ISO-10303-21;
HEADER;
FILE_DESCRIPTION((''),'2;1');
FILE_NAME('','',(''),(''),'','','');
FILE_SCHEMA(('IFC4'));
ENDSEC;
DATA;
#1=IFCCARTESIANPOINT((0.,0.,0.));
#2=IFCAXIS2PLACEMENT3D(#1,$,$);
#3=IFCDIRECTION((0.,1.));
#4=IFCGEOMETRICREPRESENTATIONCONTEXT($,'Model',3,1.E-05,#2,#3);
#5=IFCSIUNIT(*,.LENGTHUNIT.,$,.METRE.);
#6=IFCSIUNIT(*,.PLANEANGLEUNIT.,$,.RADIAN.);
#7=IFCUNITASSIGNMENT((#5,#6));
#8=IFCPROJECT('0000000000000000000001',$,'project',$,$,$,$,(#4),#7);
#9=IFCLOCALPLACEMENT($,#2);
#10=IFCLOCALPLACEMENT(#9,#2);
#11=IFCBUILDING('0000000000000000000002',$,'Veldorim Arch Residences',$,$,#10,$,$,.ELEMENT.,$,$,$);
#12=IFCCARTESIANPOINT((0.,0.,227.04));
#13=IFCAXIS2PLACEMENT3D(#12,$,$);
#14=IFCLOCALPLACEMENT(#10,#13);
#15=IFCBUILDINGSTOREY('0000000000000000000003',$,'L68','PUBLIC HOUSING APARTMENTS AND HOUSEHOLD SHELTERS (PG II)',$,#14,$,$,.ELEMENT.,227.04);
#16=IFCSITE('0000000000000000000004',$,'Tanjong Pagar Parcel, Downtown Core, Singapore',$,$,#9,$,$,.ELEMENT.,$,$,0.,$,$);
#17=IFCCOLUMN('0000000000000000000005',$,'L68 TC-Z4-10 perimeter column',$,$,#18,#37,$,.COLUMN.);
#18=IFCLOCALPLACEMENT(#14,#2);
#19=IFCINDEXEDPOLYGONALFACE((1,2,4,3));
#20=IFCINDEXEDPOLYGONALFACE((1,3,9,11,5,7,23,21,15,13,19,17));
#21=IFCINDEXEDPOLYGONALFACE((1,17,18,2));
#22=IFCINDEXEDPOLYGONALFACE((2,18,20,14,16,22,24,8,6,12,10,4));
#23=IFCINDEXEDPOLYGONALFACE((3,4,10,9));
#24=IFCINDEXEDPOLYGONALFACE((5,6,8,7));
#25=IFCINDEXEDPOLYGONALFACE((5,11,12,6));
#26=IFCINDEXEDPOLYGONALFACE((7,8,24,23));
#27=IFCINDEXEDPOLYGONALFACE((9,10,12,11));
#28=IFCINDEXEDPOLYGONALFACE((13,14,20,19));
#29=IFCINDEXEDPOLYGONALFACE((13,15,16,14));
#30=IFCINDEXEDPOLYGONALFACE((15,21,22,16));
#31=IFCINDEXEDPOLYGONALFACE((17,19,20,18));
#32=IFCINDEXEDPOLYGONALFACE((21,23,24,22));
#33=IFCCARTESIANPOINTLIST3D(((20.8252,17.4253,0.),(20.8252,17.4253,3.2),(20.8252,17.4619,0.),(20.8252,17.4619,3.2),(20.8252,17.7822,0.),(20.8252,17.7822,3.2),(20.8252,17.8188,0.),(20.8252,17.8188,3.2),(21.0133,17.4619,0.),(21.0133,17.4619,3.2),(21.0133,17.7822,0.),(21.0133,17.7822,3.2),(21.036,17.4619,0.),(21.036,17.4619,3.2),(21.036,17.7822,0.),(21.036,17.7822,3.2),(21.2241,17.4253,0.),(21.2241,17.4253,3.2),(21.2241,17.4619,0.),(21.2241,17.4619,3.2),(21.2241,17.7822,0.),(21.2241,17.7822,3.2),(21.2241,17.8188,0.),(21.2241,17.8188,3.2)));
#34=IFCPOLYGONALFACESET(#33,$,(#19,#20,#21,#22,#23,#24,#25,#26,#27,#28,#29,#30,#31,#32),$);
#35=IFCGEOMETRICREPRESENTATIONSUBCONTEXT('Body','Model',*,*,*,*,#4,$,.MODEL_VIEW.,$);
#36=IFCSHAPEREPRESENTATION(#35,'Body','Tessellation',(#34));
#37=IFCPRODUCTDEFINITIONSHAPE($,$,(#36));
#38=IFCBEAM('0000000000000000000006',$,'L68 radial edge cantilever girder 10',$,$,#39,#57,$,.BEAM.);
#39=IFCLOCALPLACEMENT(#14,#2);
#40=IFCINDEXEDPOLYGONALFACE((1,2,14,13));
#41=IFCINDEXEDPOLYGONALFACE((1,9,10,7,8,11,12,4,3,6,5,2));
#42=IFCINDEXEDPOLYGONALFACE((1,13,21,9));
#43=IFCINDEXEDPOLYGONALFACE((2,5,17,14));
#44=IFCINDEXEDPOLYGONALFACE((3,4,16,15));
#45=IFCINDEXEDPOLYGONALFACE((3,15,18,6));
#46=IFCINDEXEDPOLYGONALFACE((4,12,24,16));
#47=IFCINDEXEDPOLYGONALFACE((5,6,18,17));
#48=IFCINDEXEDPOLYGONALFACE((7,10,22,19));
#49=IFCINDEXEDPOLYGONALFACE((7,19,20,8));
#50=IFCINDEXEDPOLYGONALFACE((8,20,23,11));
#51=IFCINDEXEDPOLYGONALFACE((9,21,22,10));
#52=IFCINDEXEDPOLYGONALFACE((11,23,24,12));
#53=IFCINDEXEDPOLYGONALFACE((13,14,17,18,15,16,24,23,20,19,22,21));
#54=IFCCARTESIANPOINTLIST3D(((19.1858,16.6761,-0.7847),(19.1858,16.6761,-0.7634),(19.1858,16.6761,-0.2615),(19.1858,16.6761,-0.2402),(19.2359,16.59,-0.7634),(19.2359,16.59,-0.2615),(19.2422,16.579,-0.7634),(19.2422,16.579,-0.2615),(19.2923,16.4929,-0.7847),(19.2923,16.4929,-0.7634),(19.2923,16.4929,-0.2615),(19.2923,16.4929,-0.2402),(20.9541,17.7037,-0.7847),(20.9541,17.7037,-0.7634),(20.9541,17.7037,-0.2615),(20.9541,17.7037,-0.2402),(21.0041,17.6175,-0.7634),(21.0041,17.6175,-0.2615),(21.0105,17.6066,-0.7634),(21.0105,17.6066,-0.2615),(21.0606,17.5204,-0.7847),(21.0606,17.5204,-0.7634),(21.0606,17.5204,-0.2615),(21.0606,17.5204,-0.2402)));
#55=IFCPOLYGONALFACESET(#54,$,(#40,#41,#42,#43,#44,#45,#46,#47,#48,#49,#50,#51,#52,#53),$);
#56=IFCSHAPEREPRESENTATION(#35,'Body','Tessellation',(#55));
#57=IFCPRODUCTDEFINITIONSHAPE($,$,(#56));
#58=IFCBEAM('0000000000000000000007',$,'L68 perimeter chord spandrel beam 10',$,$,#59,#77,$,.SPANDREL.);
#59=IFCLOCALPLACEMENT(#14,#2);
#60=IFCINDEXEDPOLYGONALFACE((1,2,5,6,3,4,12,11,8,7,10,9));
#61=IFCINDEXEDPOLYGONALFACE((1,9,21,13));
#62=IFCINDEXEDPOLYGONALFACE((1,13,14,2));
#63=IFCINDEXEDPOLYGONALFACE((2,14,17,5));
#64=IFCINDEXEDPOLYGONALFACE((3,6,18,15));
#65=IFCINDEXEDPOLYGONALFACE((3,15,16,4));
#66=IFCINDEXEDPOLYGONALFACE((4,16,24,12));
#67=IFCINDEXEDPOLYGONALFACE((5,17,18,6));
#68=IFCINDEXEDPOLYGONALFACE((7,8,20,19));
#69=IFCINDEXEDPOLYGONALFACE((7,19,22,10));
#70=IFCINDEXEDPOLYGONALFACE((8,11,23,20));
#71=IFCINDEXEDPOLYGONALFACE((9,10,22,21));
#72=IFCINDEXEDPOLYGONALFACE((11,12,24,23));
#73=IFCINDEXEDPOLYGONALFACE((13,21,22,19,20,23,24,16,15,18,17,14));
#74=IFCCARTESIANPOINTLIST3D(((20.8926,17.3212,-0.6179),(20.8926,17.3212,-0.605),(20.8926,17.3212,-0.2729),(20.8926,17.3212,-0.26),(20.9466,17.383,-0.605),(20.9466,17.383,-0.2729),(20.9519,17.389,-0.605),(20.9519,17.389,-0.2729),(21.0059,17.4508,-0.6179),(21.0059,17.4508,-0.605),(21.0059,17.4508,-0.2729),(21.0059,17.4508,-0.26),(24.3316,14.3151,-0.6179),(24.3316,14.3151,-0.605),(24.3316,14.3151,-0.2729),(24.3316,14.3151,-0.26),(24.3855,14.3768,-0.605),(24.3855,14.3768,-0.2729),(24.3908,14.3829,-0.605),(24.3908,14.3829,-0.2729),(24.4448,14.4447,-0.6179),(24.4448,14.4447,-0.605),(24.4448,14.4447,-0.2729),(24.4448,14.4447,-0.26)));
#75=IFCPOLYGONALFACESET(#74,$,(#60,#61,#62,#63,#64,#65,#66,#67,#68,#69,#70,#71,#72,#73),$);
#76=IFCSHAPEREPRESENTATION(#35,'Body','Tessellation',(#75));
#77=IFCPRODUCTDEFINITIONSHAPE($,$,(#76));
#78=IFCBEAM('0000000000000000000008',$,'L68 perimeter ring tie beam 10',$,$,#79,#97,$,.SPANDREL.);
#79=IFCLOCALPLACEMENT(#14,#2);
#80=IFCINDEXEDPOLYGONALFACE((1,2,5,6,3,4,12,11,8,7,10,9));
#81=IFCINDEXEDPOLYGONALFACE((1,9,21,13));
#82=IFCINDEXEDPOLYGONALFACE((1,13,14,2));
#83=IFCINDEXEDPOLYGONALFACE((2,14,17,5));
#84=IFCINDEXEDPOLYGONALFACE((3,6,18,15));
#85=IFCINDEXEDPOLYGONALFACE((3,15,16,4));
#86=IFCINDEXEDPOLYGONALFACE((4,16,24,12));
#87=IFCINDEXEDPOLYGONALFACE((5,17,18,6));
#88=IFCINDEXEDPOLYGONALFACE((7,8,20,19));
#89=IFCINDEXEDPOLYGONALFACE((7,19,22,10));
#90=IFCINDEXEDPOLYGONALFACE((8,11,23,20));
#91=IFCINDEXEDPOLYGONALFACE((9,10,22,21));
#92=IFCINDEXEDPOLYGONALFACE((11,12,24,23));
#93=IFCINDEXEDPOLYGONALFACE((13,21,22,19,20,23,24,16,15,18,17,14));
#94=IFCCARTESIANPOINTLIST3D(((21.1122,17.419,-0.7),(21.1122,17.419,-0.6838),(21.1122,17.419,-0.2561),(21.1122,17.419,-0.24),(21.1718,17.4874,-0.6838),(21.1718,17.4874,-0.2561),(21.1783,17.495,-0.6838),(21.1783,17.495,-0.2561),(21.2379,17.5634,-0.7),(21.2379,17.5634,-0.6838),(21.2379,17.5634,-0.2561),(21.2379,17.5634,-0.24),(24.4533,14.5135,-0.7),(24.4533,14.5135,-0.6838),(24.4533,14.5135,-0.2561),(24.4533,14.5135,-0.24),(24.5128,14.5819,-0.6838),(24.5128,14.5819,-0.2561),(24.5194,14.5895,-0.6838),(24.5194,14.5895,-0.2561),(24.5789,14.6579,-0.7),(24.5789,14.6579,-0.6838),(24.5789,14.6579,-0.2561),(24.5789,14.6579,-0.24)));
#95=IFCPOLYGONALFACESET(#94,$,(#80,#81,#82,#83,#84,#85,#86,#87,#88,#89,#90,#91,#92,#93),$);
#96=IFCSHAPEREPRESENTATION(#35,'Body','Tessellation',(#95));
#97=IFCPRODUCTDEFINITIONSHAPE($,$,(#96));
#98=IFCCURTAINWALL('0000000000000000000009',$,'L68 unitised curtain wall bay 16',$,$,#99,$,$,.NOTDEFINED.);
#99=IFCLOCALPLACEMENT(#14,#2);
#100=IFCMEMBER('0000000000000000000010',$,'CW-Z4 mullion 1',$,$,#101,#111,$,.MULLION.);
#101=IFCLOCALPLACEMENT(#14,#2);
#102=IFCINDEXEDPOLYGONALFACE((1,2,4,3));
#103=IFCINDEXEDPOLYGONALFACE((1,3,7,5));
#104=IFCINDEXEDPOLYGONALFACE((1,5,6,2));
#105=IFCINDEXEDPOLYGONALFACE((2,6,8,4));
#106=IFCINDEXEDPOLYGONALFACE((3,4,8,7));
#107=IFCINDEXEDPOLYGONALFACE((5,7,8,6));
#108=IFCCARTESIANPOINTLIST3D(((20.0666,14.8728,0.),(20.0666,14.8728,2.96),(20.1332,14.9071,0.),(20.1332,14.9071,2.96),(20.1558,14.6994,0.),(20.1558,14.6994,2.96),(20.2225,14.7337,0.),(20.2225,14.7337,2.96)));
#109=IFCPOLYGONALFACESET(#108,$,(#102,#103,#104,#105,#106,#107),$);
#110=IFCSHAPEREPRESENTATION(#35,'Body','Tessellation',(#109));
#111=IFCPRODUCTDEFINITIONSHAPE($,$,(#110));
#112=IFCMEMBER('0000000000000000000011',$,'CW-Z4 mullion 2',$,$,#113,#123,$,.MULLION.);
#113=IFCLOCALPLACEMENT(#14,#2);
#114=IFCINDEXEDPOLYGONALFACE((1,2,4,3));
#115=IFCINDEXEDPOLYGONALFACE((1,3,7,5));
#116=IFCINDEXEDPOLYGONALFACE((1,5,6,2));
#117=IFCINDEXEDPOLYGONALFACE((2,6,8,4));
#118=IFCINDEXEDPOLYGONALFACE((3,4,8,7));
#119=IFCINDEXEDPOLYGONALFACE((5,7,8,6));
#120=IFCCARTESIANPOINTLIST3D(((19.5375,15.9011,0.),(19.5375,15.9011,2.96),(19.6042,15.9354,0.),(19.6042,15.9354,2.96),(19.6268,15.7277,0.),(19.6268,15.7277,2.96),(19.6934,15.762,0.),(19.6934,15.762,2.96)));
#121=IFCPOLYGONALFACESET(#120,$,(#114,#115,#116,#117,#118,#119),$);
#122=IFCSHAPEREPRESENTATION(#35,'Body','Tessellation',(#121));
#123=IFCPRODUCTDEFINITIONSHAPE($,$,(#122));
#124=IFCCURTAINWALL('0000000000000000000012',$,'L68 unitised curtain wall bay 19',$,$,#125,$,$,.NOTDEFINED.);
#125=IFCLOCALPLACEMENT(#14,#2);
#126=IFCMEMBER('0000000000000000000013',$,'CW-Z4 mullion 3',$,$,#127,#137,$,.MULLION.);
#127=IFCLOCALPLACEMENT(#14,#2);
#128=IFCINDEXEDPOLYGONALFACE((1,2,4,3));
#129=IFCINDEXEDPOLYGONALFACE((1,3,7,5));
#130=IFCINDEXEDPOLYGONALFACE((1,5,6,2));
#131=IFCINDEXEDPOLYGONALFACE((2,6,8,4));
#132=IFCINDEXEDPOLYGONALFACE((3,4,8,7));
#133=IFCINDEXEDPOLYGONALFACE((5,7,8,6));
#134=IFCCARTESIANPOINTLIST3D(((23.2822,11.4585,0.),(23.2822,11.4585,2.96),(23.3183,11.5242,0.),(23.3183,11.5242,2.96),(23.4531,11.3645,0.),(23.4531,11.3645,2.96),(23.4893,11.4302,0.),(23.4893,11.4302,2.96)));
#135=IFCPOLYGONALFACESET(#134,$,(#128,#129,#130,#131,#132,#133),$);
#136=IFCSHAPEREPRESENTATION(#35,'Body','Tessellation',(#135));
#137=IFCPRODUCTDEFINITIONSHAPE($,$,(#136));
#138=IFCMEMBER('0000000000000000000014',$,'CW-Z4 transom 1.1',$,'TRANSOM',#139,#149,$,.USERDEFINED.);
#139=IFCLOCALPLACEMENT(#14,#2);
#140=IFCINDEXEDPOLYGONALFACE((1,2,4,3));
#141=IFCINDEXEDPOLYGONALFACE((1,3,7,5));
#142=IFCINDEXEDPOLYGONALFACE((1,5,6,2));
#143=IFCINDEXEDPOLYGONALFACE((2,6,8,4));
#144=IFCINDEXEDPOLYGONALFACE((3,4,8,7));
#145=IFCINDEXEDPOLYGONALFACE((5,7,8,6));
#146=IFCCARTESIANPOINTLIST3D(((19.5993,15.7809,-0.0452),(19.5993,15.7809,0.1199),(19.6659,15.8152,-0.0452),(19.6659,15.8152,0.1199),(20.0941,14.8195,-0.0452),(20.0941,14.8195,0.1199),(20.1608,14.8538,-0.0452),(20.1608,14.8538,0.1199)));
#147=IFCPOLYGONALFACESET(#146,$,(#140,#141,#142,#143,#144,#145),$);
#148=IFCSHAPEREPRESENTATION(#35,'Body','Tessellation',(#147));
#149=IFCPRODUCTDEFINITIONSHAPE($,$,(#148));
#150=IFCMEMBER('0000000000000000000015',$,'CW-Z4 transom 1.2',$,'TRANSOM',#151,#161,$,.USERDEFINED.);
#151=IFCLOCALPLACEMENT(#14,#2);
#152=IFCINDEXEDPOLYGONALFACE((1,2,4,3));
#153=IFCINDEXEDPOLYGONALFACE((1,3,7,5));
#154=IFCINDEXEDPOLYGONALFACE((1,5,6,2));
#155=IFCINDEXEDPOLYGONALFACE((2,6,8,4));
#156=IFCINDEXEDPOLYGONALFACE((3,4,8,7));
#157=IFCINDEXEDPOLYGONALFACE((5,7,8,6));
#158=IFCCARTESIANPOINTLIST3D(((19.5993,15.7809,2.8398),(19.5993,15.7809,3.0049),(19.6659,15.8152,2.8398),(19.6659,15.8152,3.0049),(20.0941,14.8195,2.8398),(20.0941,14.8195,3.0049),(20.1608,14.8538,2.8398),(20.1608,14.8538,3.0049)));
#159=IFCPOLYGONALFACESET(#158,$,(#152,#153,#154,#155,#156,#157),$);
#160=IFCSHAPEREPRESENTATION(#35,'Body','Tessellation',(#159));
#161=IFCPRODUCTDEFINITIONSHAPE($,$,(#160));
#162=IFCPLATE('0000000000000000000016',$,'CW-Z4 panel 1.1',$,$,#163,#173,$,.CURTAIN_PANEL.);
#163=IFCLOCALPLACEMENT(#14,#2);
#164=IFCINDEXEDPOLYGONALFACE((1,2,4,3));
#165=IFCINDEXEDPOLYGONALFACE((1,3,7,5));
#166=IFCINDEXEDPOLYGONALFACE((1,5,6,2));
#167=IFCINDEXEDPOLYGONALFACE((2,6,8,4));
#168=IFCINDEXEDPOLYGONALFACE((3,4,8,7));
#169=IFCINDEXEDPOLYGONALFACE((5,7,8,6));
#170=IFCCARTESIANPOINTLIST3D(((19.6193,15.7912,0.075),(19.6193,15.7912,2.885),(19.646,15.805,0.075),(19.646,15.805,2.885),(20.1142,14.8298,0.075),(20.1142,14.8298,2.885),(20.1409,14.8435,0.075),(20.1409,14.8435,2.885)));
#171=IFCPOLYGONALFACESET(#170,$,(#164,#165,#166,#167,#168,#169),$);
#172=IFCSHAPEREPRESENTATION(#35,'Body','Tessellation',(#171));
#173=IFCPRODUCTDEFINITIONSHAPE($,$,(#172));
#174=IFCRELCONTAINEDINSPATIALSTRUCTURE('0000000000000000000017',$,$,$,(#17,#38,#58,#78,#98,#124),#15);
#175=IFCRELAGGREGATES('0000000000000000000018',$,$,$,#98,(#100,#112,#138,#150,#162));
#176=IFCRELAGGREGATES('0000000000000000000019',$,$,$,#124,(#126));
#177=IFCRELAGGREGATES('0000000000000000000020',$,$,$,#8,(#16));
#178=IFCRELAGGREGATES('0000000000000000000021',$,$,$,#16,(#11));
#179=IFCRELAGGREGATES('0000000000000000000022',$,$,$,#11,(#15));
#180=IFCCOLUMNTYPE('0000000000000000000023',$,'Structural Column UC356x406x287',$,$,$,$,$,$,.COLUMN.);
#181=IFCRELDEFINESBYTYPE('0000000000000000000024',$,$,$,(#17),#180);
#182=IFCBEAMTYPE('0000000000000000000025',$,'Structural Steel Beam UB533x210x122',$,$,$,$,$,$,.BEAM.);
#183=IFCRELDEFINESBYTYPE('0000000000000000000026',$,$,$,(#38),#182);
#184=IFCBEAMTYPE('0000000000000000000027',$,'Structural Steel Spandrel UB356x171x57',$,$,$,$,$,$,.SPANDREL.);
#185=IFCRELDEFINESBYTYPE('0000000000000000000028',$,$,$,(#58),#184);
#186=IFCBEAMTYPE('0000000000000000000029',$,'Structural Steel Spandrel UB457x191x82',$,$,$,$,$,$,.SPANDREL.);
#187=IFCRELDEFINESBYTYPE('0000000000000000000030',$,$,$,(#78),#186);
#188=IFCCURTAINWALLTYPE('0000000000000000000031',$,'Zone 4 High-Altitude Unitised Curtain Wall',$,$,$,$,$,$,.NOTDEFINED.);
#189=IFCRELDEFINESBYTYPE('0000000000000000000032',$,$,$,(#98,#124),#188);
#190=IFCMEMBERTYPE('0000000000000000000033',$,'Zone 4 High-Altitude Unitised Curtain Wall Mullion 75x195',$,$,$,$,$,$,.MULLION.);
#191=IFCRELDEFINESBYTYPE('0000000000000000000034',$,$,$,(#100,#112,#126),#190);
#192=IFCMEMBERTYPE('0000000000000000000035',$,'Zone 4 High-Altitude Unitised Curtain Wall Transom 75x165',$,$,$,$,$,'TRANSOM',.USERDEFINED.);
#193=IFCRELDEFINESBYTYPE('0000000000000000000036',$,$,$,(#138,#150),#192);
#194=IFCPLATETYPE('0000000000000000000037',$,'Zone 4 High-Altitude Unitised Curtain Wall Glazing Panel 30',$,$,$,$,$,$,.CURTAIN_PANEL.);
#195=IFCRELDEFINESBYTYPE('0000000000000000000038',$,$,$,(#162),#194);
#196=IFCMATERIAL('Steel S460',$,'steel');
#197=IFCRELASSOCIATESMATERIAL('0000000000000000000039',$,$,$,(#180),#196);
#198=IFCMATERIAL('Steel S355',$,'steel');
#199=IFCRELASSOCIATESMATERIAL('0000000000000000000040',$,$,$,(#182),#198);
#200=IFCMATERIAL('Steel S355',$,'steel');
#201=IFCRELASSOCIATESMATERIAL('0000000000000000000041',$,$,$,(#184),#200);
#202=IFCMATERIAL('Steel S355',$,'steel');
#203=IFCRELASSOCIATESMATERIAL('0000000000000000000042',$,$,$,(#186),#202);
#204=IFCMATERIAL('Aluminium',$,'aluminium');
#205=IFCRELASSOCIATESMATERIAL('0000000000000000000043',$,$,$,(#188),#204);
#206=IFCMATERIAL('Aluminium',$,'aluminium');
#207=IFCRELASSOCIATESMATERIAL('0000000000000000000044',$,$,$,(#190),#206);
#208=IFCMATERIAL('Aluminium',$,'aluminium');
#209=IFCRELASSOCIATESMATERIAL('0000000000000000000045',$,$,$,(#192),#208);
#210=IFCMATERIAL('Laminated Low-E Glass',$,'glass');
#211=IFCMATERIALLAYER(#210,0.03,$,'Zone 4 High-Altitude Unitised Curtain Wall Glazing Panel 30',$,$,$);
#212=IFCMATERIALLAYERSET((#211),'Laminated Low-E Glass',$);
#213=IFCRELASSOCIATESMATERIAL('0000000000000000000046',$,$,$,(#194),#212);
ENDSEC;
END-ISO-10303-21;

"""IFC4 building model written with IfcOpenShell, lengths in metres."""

from ifc_helpers import new_model, si_unit, direction, frame, origin, origin_2d, place, context, subcontext, project, spatial, rectangle, i_section, extrude, material, layer, layer_set, material_profile, profile_set, type_object, element, aggregate, save


model = new_model("IFC4")

# Units and contexts
model_context = context("Model", 3, precision=1e-05, world=origin(), true_north=direction((0.0, 1.0)))
body_context = subcontext(model_context, "Body", "Model", "MODEL_VIEW")
ifc_project = project(units=[si_unit("LENGTHUNIT", "METRE"), si_unit("PLANEANGLEUNIT", "RADIAN")], contexts=[model_context])

# Site, building, storey
site_placement = place(None, origin())
site = spatial("IfcSite", under=ifc_project, at=site_placement, Name="Tanjong Pagar Parcel, Downtown Core, Singapore", CompositionType="ELEMENT", RefElevation=0.0)
building_placement = place(site_placement, origin())
building = spatial("IfcBuilding", under=site, at=building_placement, Name="Veldorim Arch Residences", CompositionType="ELEMENT")
storey_placement = place(building_placement, frame((0.0, 0.0, 227.04)))
storey = spatial("IfcBuildingStorey", under=building, at=storey_placement, Name="L68", Description="PUBLIC HOUSING APARTMENTS AND HOUSEHOLD SHELTERS (PG II)", CompositionType="ELEMENT", Elevation=227.04)

# Column
ifc_material_1 = material(Name="Steel S460", Category="steel")
ifc_material_profile_1 = material_profile(ifc_material_1, i_section(OverallWidth=0.3989, OverallDepth=0.3936, WebThickness=0.0227, FlangeThickness=0.0366, at=origin_2d()), Name="UC356x406x287")
ifc_profile_set_1 = profile_set([ifc_material_profile_1], Name="Steel S460")
column_type = type_object("IfcColumnType", Name="Structural Column UC356x406x287", PredefinedType="COLUMN", material=ifc_profile_set_1)
column_placement = place(storey_placement, frame((21.0247, 17.6221, 0.0), z_axis=(0.0, 0.0, 1.0), x_axis=(1.0, 0.0, 0.0)))
element("IfcColumn", 1, at=column_placement, inside=storey, type_object=column_type, Name="L68 TC-Z4-10 perimeter column", PredefinedType="COLUMN", context=body_context, shape_type="SweptSolid", body=[
    extrude(i_section(OverallWidth=0.3989, OverallDepth=0.3936, WebThickness=0.0227, FlangeThickness=0.0366, at=origin_2d()), origin(), (0.0, 0.0, 1.0), 3.2),
])

# Beams
ifc_material_2 = material(Name="Steel S355", Category="steel")
ifc_material_profile_2 = material_profile(ifc_material_2, i_section(OverallWidth=0.2119, OverallDepth=0.5444, WebThickness=0.0127, FlangeThickness=0.0212, at=origin_2d()), Name="UB533x210x122")
ifc_profile_set_2 = profile_set([ifc_material_profile_2], Name="Steel S355")
beam_type_1 = type_object("IfcBeamType", Name="Structural Steel Beam UB533x210x122", PredefinedType="BEAM", material=ifc_profile_set_2)
beam_1_placement = place(storey_placement, frame((21.0073, 17.6121, -0.5125), z_axis=(-0.864613, -0.502438, 0.0), x_axis=(0.502438, -0.864613, 0.0)))
element("IfcBeam", 2, at=beam_1_placement, inside=storey, type_object=beam_type_1, Name="L68 radial edge cantilever girder 10", PredefinedType="BEAM", context=body_context, shape_type="SweptSolid", body=[
    extrude(i_section(OverallWidth=0.2119, OverallDepth=0.5444, WebThickness=0.0127, FlangeThickness=0.0212, at=origin_2d()), origin(), (0.0, 0.0, 1.0), 2.0452),
])
ifc_material_3 = material(Name="Steel S355", Category="steel")
ifc_material_profile_3 = material_profile(ifc_material_3, i_section(OverallWidth=0.1721, OverallDepth=0.3579, WebThickness=0.0081, FlangeThickness=0.0129, at=origin_2d()), Name="UB356x171x57")
ifc_profile_set_3 = profile_set([ifc_material_profile_3], Name="Steel S355")
beam_type_2 = type_object("IfcBeamType", Name="Structural Steel Spandrel UB356x171x57", PredefinedType="SPANDREL", material=ifc_profile_set_3)
beam_2_placement = place(storey_placement, frame((20.9492, 17.386, -0.439), z_axis=(0.752901, -0.658134, 0.0), x_axis=(0.658134, 0.752901, 0.0)))
element("IfcBeam", 3, at=beam_2_placement, inside=storey, type_object=beam_type_2, Name="L68 perimeter chord spandrel beam 10", PredefinedType="SPANDREL", context=body_context, shape_type="SweptSolid", body=[
    extrude(i_section(OverallWidth=0.1721, OverallDepth=0.3579, WebThickness=0.0081, FlangeThickness=0.0129, at=origin_2d()), origin(), (0.0, 0.0, 1.0), 4.5676),
])
ifc_material_4 = material(Name="Steel S355", Category="steel")
ifc_material_profile_4 = material_profile(ifc_material_4, i_section(OverallWidth=0.1914, OverallDepth=0.46, WebThickness=0.01, FlangeThickness=0.0161, at=origin_2d()), Name="UB457x191x82")
ifc_profile_set_4 = profile_set([ifc_material_profile_4], Name="Steel S355")
beam_type_3 = type_object("IfcBeamType", Name="Structural Steel Spandrel UB457x191x82", PredefinedType="SPANDREL", material=ifc_profile_set_4)
beam_3_placement = place(storey_placement, frame((21.175, 17.4912, -0.47), z_axis=(0.754578, -0.65621, 0.0), x_axis=(0.65621, 0.754578, 0.0)))
element("IfcBeam", 4, at=beam_3_placement, inside=storey, type_object=beam_type_3, Name="L68 perimeter ring tie beam 10", PredefinedType="SPANDREL", context=body_context, shape_type="SweptSolid", body=[
    extrude(i_section(OverallWidth=0.1914, OverallDepth=0.46, WebThickness=0.01, FlangeThickness=0.0161, at=origin_2d()), origin(), (0.0, 0.0, 1.0), 4.4277),
])

# Curtain wall, members
ifc_material_5 = material(Name="Aluminium", Category="aluminium")
curtain_wall_type = type_object("IfcCurtainWallType", Name="Zone 4 High-Altitude Unitised Curtain Wall", PredefinedType="NOTDEFINED", material=ifc_material_5)
curtain_wall_1_placement = place(storey_placement, origin())
curtain_wall_1 = element("IfcCurtainWall", 5, at=curtain_wall_1_placement, inside=storey, type_object=curtain_wall_type, Name="L68 unitised curtain wall bay 16", PredefinedType="NOTDEFINED")
ifc_material_6 = material(Name="Aluminium", Category="aluminium")
ifc_material_profile_5 = material_profile(ifc_material_6, rectangle(XDim=0.075, YDim=0.1951, at=origin_2d()), Name="ALU_MUL_75x195")
ifc_profile_set_5 = profile_set([ifc_material_profile_5], Name="Aluminium")
member_type_1 = type_object("IfcMemberType", Name="Zone 4 High-Altitude Unitised Curtain Wall Mullion 75x195", PredefinedType="MULLION", material=ifc_profile_set_5)
member_1_placement = place(storey_placement, frame((20.1445, 14.8032, 0.0), z_axis=(0.0, 0.0, 1.0), x_axis=(-0.889131, -0.457653, 0.0)))
member_1 = element("IfcMember", 6, at=member_1_placement, type_object=member_type_1, Name="CW-Z4 mullion 1", PredefinedType="MULLION", context=body_context, shape_type="SweptSolid", body=[
    extrude(rectangle(XDim=0.075, YDim=0.1951, at=origin_2d()), origin(), (0.0, 0.0, 1.0), 2.96),
])
member_2_placement = place(storey_placement, frame((19.6155, 15.8315, 0.0), z_axis=(0.0, 0.0, 1.0), x_axis=(-0.889131, -0.457653, 0.0)))
member_2 = element("IfcMember", 7, at=member_2_placement, type_object=member_type_1, Name="CW-Z4 mullion 2", PredefinedType="MULLION", context=body_context, shape_type="SweptSolid", body=[
    extrude(rectangle(XDim=0.075, YDim=0.1951, at=origin_2d()), origin(), (0.0, 0.0, 1.0), 2.96),
])

# Curtain wall, member
curtain_wall_2_placement = place(storey_placement, origin())
curtain_wall_2 = element("IfcCurtainWall", 8, at=curtain_wall_2_placement, inside=storey, type_object=curtain_wall_type, Name="L68 unitised curtain wall bay 19", PredefinedType="NOTDEFINED")
member_3_placement = place(storey_placement, frame((23.3857, 11.4443, 0.0), z_axis=(0.0, 0.0, 1.0), x_axis=(-0.481953, -0.876197, 0.0)))
member_3 = element("IfcMember", 9, at=member_3_placement, type_object=member_type_1, Name="CW-Z4 mullion 3", PredefinedType="MULLION", context=body_context, shape_type="SweptSolid", body=[
    extrude(rectangle(XDim=0.075, YDim=0.1951, at=origin_2d()), origin(), (0.0, 0.0, 1.0), 2.96),
])

# Members
ifc_material_7 = material(Name="Aluminium", Category="aluminium")
ifc_material_profile_6 = material_profile(ifc_material_7, rectangle(XDim=0.075, YDim=0.165, at=origin_2d()), Name="ALU_TRN_75x165")
ifc_profile_set_6 = profile_set([ifc_material_profile_6], Name="Aluminium")
member_type_2 = type_object("IfcMemberType", Name="Zone 4 High-Altitude Unitised Curtain Wall Transom 75x165", ElementType="TRANSOM", PredefinedType="USERDEFINED", material=ifc_profile_set_6)
member_4_placement = place(storey_placement, frame((20.1274, 14.8367, 0.0374), z_axis=(-0.457659, 0.889128, 0.0), x_axis=(-0.889128, -0.457659, 0.0)))
member_4 = element("IfcMember", 10, at=member_4_placement, type_object=member_type_2, Name="CW-Z4 transom 1.1", ObjectType="TRANSOM", PredefinedType="USERDEFINED", context=body_context, shape_type="SweptSolid", body=[
    extrude(rectangle(XDim=0.075, YDim=0.165, at=origin_2d()), origin(), (0.0, 0.0, 1.0), 1.0813),
])
member_5_placement = place(storey_placement, frame((20.1274, 14.8367, 2.9224), z_axis=(-0.457659, 0.889128, 0.0), x_axis=(-0.889128, -0.457659, 0.0)))
member_5 = element("IfcMember", 11, at=member_5_placement, type_object=member_type_2, Name="CW-Z4 transom 1.2", ObjectType="TRANSOM", PredefinedType="USERDEFINED", context=body_context, shape_type="SweptSolid", body=[
    extrude(rectangle(XDim=0.075, YDim=0.165, at=origin_2d()), origin(), (0.0, 0.0, 1.0), 1.0813),
])

# Plate
ifc_material_8 = material(Name="Laminated Low-E Glass", Category="glass")
ifc_layer_1 = layer(ifc_material_8, 0.03, Name="Zone 4 High-Altitude Unitised Curtain Wall Glazing Panel 30")
ifc_layer_set_1 = layer_set([ifc_layer_1], Name="Laminated Low-E Glass")
plate_type = type_object("IfcPlateType", Name="Zone 4 High-Altitude Unitised Curtain Wall Glazing Panel 30", PredefinedType="CURTAIN_PANEL", material=ifc_layer_set_1)
plate_1_placement = place(storey_placement, frame((19.8801, 15.3174, 0.075), z_axis=(0.0, 0.0, 1.0), x_axis=(-0.457653, 0.889131, 0.0)))
plate_1 = element("IfcPlate", 12, at=plate_1_placement, type_object=plate_type, Name="CW-Z4 panel 1.1", PredefinedType="CURTAIN_PANEL", context=body_context, shape_type="SweptSolid", body=[
    extrude(rectangle(XDim=1.0813, YDim=0.03, at=origin_2d()), origin(), (0.0, 0.0, 1.0), 2.8101),
])
aggregate(curtain_wall_1, [member_1, member_2, member_4, member_5, plate_1])
aggregate(curtain_wall_2, [member_3])

save(model, "model.ifc")
